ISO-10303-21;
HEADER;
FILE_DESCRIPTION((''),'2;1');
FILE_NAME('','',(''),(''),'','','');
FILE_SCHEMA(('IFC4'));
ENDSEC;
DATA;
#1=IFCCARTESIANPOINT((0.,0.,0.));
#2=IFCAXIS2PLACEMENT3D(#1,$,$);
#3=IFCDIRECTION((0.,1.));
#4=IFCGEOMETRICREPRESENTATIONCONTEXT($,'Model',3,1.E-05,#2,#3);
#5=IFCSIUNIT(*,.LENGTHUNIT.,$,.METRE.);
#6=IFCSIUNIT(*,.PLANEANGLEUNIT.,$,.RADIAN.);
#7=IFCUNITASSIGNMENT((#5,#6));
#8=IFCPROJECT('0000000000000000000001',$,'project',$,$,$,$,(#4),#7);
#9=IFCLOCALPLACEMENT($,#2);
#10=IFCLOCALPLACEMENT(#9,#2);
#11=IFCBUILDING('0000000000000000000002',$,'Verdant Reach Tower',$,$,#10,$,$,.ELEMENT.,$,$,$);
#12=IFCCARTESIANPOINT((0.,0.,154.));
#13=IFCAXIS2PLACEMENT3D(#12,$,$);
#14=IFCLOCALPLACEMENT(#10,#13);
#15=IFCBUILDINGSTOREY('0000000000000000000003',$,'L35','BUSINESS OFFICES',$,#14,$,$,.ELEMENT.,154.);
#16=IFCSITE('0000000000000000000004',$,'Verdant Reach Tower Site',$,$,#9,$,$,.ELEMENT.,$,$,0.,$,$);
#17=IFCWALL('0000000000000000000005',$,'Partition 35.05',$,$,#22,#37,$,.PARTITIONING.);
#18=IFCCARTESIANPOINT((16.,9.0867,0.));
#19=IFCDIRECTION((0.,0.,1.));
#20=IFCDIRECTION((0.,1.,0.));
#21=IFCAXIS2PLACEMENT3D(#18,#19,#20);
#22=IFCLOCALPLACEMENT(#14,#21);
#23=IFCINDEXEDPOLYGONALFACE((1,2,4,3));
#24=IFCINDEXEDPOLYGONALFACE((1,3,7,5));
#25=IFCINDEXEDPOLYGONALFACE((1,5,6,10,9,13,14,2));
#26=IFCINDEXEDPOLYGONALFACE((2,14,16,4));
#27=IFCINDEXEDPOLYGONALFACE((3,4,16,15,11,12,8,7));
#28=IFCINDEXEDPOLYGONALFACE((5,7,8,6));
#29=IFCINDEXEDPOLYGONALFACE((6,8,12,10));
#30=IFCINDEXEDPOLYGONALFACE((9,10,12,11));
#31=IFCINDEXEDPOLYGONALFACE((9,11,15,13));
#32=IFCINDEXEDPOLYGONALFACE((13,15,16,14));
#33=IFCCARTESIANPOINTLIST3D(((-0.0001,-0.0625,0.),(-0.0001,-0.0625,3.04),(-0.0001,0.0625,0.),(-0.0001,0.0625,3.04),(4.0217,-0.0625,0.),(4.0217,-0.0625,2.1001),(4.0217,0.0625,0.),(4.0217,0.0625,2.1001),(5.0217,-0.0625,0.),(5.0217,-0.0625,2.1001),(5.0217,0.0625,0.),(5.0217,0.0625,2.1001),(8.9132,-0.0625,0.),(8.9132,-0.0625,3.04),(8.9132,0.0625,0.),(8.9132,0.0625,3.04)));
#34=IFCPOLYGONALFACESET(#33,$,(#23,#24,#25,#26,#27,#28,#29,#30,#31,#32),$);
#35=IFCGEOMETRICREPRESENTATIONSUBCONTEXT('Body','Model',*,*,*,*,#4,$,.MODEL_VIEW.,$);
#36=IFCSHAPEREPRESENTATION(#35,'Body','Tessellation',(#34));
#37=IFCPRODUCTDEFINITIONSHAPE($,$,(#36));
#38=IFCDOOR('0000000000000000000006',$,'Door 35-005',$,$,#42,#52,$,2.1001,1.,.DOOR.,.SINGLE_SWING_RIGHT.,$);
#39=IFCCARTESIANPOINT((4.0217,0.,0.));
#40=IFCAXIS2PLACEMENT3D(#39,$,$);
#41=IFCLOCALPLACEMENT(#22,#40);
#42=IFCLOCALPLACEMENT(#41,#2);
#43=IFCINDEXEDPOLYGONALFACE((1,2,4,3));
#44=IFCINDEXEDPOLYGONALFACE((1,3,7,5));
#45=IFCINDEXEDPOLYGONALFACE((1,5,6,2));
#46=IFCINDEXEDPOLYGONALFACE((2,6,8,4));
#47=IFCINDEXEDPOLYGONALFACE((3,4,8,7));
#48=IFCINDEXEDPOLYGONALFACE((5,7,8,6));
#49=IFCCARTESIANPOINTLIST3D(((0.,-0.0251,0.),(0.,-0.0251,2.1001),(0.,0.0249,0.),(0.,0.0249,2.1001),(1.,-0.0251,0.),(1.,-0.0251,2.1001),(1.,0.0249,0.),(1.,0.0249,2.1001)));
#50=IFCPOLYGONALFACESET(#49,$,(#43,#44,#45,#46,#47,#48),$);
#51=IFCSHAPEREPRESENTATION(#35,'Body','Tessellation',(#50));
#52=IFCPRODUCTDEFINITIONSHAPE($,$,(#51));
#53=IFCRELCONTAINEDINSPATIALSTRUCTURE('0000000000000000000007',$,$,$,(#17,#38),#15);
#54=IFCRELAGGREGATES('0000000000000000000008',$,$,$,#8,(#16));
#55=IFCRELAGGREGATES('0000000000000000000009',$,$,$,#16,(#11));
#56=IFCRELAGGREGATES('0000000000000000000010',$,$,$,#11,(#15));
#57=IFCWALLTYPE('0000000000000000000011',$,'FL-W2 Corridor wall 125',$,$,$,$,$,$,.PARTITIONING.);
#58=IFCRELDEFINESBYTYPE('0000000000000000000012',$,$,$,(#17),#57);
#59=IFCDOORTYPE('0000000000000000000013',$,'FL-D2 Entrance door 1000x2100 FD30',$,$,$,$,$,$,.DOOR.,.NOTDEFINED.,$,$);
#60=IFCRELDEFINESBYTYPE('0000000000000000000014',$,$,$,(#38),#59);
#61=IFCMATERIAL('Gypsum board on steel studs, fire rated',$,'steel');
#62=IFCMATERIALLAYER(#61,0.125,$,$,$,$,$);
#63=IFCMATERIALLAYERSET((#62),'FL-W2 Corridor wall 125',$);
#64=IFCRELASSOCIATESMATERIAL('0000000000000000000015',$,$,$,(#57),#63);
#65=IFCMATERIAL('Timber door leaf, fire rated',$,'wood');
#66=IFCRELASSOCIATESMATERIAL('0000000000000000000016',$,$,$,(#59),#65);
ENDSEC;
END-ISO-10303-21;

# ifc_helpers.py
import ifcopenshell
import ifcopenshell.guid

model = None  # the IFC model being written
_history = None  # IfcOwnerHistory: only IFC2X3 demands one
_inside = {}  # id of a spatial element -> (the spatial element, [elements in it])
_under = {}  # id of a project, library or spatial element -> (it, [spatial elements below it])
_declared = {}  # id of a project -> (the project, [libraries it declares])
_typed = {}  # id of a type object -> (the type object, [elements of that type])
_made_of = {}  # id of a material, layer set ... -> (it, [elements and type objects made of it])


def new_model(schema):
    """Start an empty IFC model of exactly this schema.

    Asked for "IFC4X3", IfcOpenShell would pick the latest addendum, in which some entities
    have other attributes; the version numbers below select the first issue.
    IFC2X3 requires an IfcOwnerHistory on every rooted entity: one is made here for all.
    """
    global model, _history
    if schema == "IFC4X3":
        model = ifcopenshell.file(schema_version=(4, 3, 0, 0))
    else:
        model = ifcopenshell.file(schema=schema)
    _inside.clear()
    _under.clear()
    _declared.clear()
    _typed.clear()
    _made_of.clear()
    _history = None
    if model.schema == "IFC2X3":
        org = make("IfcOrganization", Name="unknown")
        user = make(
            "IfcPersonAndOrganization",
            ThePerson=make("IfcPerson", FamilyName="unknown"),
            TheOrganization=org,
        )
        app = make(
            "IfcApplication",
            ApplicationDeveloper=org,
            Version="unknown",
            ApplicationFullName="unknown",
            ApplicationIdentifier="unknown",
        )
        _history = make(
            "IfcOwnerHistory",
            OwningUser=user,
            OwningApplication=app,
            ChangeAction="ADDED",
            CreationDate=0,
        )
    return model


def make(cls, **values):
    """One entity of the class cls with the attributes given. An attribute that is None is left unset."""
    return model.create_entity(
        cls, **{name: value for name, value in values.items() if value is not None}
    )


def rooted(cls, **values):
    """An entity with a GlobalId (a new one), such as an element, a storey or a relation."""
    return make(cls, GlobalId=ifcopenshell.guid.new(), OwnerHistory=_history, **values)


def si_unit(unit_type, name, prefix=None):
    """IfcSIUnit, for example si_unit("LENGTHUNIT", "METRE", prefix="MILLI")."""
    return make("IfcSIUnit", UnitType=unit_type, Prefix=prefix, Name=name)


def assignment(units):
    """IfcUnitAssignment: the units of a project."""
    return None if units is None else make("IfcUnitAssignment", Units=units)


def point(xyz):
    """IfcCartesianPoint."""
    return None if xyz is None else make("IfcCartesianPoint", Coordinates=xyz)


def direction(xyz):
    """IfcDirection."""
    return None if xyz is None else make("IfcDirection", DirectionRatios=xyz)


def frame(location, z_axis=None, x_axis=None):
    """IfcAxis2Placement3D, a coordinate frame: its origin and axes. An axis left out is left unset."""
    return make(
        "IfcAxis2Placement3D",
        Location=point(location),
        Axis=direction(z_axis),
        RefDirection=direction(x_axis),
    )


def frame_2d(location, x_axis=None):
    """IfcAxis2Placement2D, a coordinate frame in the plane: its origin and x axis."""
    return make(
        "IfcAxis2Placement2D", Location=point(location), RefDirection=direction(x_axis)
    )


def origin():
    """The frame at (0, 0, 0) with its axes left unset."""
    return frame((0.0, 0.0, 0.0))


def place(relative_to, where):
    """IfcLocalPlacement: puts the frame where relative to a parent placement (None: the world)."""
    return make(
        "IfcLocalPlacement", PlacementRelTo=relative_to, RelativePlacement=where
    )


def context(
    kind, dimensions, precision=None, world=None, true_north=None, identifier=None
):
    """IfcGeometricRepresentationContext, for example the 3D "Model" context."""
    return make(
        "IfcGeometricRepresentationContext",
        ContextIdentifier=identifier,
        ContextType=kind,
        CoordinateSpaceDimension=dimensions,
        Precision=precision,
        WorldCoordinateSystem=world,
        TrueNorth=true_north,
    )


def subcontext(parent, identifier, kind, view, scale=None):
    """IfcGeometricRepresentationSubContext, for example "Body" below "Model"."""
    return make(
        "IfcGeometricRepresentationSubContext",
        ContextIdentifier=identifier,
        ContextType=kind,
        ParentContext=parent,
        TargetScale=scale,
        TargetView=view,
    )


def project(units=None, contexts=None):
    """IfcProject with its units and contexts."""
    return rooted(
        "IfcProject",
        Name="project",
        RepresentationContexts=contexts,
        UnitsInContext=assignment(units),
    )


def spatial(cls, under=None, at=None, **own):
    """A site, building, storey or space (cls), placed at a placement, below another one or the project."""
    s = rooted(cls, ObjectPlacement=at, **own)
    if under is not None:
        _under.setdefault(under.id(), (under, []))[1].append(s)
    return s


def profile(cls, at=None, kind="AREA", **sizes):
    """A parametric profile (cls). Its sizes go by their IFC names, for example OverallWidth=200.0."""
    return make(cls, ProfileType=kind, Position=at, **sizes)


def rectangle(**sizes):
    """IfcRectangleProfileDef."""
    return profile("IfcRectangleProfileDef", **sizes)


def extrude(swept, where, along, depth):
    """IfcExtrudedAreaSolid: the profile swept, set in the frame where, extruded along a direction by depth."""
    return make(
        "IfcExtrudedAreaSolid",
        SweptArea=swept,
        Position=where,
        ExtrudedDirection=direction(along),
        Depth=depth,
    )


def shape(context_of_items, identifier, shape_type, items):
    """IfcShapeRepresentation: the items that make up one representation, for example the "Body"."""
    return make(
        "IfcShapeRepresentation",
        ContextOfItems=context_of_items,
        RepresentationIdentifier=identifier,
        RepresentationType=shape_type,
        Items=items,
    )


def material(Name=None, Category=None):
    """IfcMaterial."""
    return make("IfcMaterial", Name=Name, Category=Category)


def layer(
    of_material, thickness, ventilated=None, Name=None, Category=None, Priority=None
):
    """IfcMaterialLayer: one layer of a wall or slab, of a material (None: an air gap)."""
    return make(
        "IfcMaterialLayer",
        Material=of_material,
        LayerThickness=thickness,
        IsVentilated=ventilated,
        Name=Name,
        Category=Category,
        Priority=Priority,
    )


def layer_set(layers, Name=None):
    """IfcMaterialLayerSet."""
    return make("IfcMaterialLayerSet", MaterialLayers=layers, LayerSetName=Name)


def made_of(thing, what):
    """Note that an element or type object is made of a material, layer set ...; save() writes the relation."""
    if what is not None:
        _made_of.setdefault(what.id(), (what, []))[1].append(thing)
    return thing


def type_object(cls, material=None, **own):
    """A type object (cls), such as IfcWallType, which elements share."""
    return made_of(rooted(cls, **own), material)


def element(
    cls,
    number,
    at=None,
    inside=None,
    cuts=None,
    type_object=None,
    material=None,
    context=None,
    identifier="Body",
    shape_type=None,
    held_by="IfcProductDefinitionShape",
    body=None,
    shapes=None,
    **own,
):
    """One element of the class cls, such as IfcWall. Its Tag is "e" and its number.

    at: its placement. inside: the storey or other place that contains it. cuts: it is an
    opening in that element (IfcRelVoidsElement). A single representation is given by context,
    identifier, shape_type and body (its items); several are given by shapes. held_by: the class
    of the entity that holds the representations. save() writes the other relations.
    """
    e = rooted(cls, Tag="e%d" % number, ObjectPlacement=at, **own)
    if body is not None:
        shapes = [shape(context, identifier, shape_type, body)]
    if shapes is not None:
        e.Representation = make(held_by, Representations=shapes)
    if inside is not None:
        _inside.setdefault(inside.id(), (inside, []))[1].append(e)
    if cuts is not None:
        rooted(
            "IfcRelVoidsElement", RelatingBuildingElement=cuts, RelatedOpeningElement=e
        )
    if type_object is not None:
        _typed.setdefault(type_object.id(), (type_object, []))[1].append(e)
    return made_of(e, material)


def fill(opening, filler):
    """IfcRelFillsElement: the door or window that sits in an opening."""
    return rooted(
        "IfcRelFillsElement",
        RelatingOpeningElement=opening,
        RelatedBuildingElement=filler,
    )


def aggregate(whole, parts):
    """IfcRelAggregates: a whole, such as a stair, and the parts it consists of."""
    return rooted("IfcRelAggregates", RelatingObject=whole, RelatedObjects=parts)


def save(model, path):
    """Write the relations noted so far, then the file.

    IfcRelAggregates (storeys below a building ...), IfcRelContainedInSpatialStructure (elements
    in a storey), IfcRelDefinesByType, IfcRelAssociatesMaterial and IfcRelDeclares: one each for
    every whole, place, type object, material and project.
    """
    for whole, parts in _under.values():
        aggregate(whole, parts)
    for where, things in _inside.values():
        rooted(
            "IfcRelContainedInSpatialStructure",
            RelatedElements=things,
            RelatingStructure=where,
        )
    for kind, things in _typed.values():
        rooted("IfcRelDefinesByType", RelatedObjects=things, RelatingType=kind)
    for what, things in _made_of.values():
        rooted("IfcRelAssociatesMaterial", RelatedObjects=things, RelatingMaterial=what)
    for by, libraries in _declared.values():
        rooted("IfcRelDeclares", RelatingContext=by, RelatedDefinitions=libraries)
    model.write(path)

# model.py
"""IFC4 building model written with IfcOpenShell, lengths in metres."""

from ifc_helpers import new_model, si_unit, direction, frame, frame_2d, origin, place, context, subcontext, project, spatial, rectangle, extrude, material, layer, layer_set, type_object, element, fill, save


model = new_model("IFC4")

# Units and contexts
model_context = context("Model", 3, precision=1e-05, world=origin(), true_north=direction((0.0, 1.0)))
body_context = subcontext(model_context, "Body", "Model", "MODEL_VIEW")
ifc_project = project(units=[si_unit("LENGTHUNIT", "METRE"), si_unit("PLANEANGLEUNIT", "RADIAN")], contexts=[model_context])

# Site, building, storey
site_placement = place(None, origin())
site = spatial("IfcSite", under=ifc_project, at=site_placement, Name="Verdant Reach Tower Site", CompositionType="ELEMENT", RefElevation=0.0)
building_placement = place(site_placement, origin())
building = spatial("IfcBuilding", under=site, at=building_placement, Name="Verdant Reach Tower", CompositionType="ELEMENT")
storey_placement = place(building_placement, frame((0.0, 0.0, 154.0)))
storey = spatial("IfcBuildingStorey", under=building, at=storey_placement, Name="L35", Description="BUSINESS OFFICES", CompositionType="ELEMENT", Elevation=154.0)

# Wall, opening, door
ifc_material_1 = material(Name="Gypsum board on steel studs, fire rated", Category="steel")
ifc_layer_1 = layer(ifc_material_1, 0.125)
ifc_layer_set_1 = layer_set([ifc_layer_1], Name="FL-W2 Corridor wall 125")
wall_type_1 = type_object("IfcWallType", Name="FL-W2 Corridor wall 125", PredefinedType="PARTITIONING", material=ifc_layer_set_1)
wall_1_placement = place(storey_placement, frame((16.0, 9.0867, 0.0), z_axis=(0.0, 0.0, 1.0), x_axis=(0.0, 1.0, 0.0)))
wall_1 = element("IfcWall", 1, at=wall_1_placement, inside=storey, type_object=wall_type_1, Name="Partition 35.05", PredefinedType="PARTITIONING", context=body_context, shape_type="SweptSolid", body=[
    extrude(rectangle(XDim=8.9133, YDim=0.125, at=frame_2d((4.4565, 0.0))), origin(), (0.0, 0.0, 1.0), 3.04),
])
opening_1_placement = place(wall_1_placement, frame((4.0217, 0.0, 0.0)))
opening_1 = element("IfcOpeningElement", 2, at=opening_1_placement, cuts=wall_1, PredefinedType="OPENING", context=body_context, shape_type="SweptSolid", body=[
    extrude(rectangle(XDim=1.0, YDim=2.1001, at=frame_2d((0.5, 1.05))), frame((0.0, 0.0725, 0.0), z_axis=(0.0, -1.0, 0.0), x_axis=(1.0, 0.0, 0.0)), (0.0, 0.0, 1.0), 0.145),
])
ifc_material_2 = material(Name="Timber door leaf, fire rated", Category="wood")
door_type = type_object("IfcDoorType", Name="FL-D2 Entrance door 1000x2100 FD30", OperationType="NOTDEFINED", PredefinedType="DOOR", material=ifc_material_2)
door_1_placement = place(opening_1_placement, origin())
door_1 = element("IfcDoor", 3, at=door_1_placement, inside=storey, type_object=door_type, Name="Door 35-005", OperationType="SINGLE_SWING_RIGHT", OverallHeight=2.1001, OverallWidth=1.0, PredefinedType="DOOR", context=body_context, shape_type="SweptSolid", body=[
    extrude(rectangle(XDim=1.0, YDim=2.1001, at=frame_2d((0.5, 1.05))), frame((0.0, 0.0249, 0.0), z_axis=(0.0, -1.0, 0.0), x_axis=(1.0, 0.0, 0.0)), (0.0, 0.0, 1.0), 0.05),
])
fill(opening_1, door_1)

save(model, "model.ifc")
